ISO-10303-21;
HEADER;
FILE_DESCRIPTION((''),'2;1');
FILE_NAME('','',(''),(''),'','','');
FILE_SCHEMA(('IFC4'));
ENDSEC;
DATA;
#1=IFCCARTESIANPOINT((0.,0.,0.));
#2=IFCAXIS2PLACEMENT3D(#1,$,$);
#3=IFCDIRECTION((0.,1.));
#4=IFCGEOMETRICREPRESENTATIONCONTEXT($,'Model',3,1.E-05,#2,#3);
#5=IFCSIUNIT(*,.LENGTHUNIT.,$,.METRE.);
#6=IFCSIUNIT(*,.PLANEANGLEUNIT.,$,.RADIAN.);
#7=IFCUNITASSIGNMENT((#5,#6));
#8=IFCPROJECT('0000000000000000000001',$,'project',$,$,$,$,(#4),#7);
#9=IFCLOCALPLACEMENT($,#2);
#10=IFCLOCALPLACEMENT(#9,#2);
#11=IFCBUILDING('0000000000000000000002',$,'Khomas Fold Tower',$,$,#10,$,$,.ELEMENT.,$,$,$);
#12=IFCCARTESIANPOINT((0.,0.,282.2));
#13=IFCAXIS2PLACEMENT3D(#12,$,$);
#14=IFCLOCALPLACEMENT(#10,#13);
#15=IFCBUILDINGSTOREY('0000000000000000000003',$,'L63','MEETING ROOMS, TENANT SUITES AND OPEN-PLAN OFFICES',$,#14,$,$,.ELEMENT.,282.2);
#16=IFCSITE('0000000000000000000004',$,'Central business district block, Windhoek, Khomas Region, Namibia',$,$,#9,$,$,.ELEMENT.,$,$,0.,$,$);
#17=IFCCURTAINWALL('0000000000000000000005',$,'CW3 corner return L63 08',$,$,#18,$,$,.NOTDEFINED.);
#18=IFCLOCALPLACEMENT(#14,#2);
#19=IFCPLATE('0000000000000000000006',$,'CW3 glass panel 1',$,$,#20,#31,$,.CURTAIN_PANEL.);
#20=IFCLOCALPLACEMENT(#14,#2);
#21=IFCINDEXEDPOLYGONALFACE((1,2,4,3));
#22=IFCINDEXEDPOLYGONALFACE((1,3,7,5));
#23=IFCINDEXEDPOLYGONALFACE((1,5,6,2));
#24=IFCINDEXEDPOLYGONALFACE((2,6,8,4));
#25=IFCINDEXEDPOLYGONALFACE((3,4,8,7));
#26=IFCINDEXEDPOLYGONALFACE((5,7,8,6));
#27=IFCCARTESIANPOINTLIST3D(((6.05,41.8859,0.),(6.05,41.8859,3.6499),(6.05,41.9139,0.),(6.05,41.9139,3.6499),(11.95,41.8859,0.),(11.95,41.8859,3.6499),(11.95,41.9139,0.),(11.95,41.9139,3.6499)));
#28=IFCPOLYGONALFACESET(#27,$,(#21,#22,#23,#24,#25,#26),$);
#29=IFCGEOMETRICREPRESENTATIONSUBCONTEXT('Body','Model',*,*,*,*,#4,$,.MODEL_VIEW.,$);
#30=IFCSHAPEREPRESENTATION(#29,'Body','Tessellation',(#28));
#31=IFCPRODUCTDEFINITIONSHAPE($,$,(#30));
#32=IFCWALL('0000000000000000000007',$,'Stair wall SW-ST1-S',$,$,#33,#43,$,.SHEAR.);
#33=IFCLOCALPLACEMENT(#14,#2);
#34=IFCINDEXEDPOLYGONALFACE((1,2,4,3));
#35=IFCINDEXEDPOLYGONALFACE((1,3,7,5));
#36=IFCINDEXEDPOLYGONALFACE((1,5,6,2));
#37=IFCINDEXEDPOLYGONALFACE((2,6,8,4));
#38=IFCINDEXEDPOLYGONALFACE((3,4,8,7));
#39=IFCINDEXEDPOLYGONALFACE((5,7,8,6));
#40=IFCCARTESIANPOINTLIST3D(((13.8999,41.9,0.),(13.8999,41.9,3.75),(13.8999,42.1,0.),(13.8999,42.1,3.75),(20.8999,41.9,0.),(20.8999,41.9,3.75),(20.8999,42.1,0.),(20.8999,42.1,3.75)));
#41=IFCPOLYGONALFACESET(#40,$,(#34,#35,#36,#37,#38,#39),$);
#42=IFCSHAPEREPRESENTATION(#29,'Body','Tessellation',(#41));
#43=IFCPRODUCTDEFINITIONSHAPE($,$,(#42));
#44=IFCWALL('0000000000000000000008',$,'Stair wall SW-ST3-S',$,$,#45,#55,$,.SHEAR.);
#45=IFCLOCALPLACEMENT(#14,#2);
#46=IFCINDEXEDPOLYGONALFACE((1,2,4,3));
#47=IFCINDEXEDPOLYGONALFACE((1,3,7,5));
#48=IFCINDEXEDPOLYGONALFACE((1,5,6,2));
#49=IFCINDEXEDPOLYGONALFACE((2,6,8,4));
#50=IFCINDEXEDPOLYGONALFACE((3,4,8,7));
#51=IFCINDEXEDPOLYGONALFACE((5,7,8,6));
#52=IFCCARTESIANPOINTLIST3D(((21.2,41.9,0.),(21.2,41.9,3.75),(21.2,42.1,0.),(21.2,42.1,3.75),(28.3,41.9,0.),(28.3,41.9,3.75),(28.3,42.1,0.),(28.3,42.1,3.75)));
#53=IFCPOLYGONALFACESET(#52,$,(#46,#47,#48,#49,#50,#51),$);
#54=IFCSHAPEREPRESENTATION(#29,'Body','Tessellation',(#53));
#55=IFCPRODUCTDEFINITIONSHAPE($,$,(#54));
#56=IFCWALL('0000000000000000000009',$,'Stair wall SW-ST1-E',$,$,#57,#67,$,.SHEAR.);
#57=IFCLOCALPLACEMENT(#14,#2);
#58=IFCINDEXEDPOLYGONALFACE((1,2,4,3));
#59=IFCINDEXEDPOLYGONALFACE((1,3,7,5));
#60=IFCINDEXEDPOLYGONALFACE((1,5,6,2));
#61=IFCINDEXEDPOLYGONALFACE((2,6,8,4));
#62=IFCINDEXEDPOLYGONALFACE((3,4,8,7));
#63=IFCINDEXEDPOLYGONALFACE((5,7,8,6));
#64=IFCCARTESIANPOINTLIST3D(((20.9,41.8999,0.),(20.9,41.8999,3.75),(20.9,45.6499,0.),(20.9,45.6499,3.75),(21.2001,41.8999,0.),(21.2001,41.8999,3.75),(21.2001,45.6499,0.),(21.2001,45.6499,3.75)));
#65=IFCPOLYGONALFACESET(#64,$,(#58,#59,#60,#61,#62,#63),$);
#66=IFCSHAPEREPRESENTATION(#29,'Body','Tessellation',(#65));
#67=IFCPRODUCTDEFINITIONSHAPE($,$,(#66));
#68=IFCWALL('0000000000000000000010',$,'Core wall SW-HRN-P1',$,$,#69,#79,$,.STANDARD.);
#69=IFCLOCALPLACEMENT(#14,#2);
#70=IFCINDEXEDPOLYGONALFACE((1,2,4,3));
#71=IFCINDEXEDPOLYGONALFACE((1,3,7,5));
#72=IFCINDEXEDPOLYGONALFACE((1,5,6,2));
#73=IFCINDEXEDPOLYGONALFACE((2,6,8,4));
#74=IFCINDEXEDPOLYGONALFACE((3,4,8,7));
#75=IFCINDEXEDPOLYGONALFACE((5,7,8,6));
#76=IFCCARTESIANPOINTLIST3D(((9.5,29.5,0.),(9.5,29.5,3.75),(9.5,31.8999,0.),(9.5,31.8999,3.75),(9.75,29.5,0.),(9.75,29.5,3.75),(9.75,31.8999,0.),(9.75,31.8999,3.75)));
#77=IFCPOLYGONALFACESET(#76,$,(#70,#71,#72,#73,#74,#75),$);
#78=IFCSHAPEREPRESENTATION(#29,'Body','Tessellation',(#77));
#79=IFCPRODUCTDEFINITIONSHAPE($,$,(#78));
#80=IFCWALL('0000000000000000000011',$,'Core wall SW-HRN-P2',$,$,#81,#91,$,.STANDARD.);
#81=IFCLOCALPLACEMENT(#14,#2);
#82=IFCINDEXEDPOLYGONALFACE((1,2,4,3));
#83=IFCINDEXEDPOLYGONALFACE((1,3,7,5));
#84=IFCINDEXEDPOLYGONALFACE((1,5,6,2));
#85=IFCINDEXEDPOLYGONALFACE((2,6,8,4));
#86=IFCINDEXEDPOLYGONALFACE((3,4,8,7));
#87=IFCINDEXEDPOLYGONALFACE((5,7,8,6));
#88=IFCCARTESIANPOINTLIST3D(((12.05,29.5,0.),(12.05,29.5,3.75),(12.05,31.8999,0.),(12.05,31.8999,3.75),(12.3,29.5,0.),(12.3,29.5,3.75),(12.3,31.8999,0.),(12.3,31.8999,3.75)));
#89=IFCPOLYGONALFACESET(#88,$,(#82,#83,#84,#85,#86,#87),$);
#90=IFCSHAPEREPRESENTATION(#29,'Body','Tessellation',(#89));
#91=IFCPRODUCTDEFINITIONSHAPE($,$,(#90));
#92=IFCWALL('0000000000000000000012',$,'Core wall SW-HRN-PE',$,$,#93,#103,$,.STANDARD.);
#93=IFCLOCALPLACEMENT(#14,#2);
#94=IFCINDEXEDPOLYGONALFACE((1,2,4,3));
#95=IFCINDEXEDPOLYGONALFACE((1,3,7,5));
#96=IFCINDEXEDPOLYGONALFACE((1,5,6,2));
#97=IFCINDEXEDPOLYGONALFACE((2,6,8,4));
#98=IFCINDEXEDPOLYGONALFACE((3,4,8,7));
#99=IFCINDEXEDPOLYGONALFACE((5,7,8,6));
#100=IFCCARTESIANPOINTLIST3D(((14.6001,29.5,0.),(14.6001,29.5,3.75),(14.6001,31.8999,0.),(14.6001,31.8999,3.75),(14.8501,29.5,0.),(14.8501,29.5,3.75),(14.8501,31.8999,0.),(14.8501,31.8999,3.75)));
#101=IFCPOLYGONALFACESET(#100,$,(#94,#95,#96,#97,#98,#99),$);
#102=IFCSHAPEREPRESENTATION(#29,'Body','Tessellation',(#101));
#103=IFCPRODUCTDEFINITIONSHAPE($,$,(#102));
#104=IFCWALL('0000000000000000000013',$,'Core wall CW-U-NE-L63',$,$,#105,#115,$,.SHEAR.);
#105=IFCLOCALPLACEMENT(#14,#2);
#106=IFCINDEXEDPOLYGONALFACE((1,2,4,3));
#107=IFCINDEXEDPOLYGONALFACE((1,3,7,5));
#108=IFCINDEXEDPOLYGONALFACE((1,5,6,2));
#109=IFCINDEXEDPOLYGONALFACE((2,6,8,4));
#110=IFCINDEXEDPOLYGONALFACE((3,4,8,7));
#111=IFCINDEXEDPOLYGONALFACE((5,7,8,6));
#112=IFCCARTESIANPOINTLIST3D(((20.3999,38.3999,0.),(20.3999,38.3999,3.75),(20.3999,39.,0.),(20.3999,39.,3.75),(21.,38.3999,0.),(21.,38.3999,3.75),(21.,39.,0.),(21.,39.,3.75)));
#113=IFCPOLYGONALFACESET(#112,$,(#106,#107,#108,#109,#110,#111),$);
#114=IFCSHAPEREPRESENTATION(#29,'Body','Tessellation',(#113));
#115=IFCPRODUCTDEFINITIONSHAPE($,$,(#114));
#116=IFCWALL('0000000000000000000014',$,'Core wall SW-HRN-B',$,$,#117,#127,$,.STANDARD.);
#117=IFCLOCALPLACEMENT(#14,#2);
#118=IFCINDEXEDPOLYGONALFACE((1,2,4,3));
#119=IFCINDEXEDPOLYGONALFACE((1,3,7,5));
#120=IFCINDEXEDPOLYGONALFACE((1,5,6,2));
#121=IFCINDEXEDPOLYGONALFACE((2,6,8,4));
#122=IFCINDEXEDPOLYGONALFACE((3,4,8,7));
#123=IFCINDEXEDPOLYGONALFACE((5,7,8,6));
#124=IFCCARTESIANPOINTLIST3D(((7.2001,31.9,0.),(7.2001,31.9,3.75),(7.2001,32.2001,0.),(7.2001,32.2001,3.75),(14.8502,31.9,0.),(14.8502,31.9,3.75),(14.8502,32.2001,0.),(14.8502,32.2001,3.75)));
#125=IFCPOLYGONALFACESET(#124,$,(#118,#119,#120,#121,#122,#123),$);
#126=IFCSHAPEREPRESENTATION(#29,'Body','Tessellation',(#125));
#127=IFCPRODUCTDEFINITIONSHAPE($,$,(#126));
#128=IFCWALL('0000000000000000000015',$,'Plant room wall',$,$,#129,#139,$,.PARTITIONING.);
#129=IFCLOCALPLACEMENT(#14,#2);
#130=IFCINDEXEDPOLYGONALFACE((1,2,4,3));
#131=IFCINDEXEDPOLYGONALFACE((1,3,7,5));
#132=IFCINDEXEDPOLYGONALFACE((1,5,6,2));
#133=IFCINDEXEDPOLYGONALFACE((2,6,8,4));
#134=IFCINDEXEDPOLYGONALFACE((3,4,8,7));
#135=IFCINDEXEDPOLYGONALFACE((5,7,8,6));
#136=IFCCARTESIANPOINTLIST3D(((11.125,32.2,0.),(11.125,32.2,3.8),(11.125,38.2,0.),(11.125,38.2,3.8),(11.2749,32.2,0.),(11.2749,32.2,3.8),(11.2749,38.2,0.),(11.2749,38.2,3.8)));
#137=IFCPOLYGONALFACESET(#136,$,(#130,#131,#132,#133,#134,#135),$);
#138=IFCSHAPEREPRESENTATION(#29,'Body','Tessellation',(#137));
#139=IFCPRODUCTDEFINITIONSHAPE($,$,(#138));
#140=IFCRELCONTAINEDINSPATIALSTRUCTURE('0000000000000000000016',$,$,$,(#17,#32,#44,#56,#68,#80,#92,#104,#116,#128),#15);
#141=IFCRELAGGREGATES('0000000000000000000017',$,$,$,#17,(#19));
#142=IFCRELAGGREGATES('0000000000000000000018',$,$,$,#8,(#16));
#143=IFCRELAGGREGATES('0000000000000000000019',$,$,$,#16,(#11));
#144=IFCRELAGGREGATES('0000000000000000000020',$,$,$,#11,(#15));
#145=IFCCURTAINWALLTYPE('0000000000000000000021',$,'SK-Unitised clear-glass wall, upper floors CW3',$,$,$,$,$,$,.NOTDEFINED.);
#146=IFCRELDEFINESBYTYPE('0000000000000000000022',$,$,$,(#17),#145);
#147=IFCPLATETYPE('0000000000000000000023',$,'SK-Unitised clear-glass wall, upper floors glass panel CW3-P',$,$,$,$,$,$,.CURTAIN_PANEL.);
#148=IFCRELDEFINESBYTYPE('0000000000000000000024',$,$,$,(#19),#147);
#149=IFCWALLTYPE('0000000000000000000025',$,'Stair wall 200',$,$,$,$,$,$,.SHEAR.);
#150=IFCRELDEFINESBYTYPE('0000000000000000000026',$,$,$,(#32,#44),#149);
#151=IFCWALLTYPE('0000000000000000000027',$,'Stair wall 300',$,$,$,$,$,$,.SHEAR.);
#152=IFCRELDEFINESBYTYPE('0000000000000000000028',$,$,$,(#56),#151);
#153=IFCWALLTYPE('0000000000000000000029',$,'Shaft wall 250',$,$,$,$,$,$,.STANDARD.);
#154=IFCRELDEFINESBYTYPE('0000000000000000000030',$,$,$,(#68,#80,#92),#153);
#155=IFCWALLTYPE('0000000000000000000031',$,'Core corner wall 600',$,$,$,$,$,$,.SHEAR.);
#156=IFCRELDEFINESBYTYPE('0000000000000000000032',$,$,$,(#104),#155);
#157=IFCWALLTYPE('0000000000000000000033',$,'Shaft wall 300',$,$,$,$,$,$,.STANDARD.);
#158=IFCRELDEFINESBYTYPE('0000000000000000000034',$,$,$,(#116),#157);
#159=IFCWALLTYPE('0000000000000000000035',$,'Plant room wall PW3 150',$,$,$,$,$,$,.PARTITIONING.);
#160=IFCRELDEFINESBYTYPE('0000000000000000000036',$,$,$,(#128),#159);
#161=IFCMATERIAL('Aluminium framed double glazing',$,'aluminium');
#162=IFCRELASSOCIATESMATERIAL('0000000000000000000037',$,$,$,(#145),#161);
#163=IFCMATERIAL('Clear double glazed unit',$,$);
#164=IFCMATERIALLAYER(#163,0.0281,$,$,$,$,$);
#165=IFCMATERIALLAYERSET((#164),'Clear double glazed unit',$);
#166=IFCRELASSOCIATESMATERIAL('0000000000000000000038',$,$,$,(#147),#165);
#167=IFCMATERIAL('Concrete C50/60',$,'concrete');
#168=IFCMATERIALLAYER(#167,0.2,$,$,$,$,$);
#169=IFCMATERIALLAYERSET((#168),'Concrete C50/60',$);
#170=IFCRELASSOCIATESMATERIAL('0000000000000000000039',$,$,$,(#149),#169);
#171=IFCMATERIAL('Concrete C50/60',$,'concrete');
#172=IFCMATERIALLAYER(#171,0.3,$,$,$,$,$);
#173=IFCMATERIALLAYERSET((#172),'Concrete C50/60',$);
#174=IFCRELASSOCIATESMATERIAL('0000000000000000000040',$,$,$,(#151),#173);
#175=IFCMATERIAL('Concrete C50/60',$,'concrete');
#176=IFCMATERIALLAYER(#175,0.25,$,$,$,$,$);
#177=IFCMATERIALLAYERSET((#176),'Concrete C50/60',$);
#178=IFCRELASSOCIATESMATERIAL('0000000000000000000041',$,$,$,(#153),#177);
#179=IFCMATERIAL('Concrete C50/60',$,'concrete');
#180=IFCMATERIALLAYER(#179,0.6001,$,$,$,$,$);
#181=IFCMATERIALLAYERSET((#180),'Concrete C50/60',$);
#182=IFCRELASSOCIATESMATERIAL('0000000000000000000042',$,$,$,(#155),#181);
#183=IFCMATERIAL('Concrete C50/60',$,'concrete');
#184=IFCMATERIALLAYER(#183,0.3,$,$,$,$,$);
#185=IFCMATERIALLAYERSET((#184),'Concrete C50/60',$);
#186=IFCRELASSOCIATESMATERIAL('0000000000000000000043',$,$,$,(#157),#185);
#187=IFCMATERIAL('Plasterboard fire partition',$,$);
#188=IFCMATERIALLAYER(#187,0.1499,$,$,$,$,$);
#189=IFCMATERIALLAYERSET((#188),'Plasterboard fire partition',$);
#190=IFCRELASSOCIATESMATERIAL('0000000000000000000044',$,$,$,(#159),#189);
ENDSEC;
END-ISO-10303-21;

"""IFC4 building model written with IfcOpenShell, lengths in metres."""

from ifc_helpers import new_model, si_unit, direction, frame, frame_2d, origin, origin_2d, place, context, subcontext, project, spatial, rectangle, extrude, source, transform, mapped, material, layer, layer_set, type_object, element, aggregate, save


model = new_model("IFC4")

# Units and contexts
model_context = context("Model", 3, precision=1e-05, world=origin(), true_north=direction((0.0, 1.0)))
body_context = subcontext(model_context, "Body", "Model", "MODEL_VIEW")
ifc_project = project(units=[si_unit("LENGTHUNIT", "METRE"), si_unit("PLANEANGLEUNIT", "RADIAN")], contexts=[model_context])

# Site, building, storey
site_placement = place(None, origin())
site = spatial("IfcSite", under=ifc_project, at=site_placement, Name="Central business district block, Windhoek, Khomas Region, Namibia", CompositionType="ELEMENT", RefElevation=0.0)
building_placement = place(site_placement, origin())
building = spatial("IfcBuilding", under=site, at=building_placement, Name="Khomas Fold Tower", CompositionType="ELEMENT")
storey_placement = place(building_placement, frame((0.0, 0.0, 282.2)))
storey = spatial("IfcBuildingStorey", under=building, at=storey_placement, Name="L63", Description="MEETING ROOMS, TENANT SUITES AND OPEN-PLAN OFFICES", CompositionType="ELEMENT", Elevation=282.2)

# Curtain wall, plate
ifc_material_1 = material(Name="Aluminium framed double glazing", Category="aluminium")
curtain_wall_type = type_object("IfcCurtainWallType", Name="SK-Unitised clear-glass wall, upper floors CW3", PredefinedType="NOTDEFINED", material=ifc_material_1)
curtain_wall_placement = place(storey_placement, origin())
curtain_wall = element("IfcCurtainWall", 1, at=curtain_wall_placement, inside=storey, type_object=curtain_wall_type, Name="CW3 corner return L63 08", PredefinedType="NOTDEFINED")
ifc_material_2 = material(Name="Clear double glazed unit")
ifc_layer_1 = layer(ifc_material_2, 0.0281)
ifc_layer_set_1 = layer_set([ifc_layer_1], Name="Clear double glazed unit")
plate_type = type_object("IfcPlateType", Name="SK-Unitised clear-glass wall, upper floors glass panel CW3-P", PredefinedType="CURTAIN_PANEL", material=ifc_layer_set_1)
shared_shape_1 = source(origin(), body_context, "Body", "SweptSolid", [
    extrude(rectangle(XDim=5.8999, YDim=0.0281, at=origin_2d()), origin(), (0.0, 0.0, 1.0), 3.6499),
])
plate_placement = place(storey_placement, frame((9.0, 41.8999, 0.0), z_axis=(0.0, 0.0, 1.0), x_axis=(-1.0, 0.0, 0.0)))
plate = element("IfcPlate", 2, at=plate_placement, type_object=plate_type, Name="CW3 glass panel 1", PredefinedType="CURTAIN_PANEL", context=body_context, shape_type="MappedRepresentation", body=[
    mapped(shared_shape_1, transform((0.0, 0.0, 0.0))),
])
aggregate(curtain_wall, [plate])

# Walls
ifc_material_3 = material(Name="Concrete C50/60", Category="concrete")
ifc_layer_2 = layer(ifc_material_3, 0.2)
ifc_layer_set_2 = layer_set([ifc_layer_2], Name="Concrete C50/60")
wall_type_1 = type_object("IfcWallType", Name="Stair wall 200", PredefinedType="SHEAR", material=ifc_layer_set_2)
shared_shape_2 = source(origin(), body_context, "Body", "SweptSolid", [
    extrude(rectangle(XDim=7.0, YDim=0.2, at=frame_2d((3.5, 0.0))), origin(), (0.0, 0.0, 1.0), 3.75),
])
wall_1_placement = place(storey_placement, frame((13.8999, 42.0, 0.0), z_axis=(0.0, 0.0, 1.0), x_axis=(1.0, 0.0, 0.0)))
element("IfcWall", 3, at=wall_1_placement, inside=storey, type_object=wall_type_1, Name="Stair wall SW-ST1-S", PredefinedType="SHEAR", context=body_context, shape_type="MappedRepresentation", body=[
    mapped(shared_shape_2, transform((0.0, 0.0, 0.0))),
])
shared_shape_3 = source(origin(), body_context, "Body", "SweptSolid", [
    extrude(rectangle(XDim=7.1001, YDim=0.2, at=frame_2d((3.55, 0.0))), origin(), (0.0, 0.0, 1.0), 3.75),
])
wall_2_placement = place(storey_placement, frame((21.2, 42.0, 0.0), z_axis=(0.0, 0.0, 1.0), x_axis=(1.0, 0.0, 0.0)))
element("IfcWall", 4, at=wall_2_placement, inside=storey, type_object=wall_type_1, Name="Stair wall SW-ST3-S", PredefinedType="SHEAR", context=body_context, shape_type="MappedRepresentation", body=[
    mapped(shared_shape_3, transform((0.0, 0.0, 0.0))),
])
ifc_material_4 = material(Name="Concrete C50/60", Category="concrete")
ifc_layer_3 = layer(ifc_material_4, 0.3)
ifc_layer_set_3 = layer_set([ifc_layer_3], Name="Concrete C50/60")
wall_type_2 = type_object("IfcWallType", Name="Stair wall 300", PredefinedType="SHEAR", material=ifc_layer_set_3)
shared_shape_4 = source(origin(), body_context, "Body", "SweptSolid", [
    extrude(rectangle(XDim=3.75, YDim=0.3, at=frame_2d((1.875, 0.0))), origin(), (0.0, 0.0, 1.0), 3.75),
])
wall_3_placement = place(storey_placement, frame((21.05, 41.8999, 0.0), z_axis=(0.0, 0.0, 1.0), x_axis=(0.0, 1.0, 0.0)))
element("IfcWall", 5, at=wall_3_placement, inside=storey, type_object=wall_type_2, Name="Stair wall SW-ST1-E", PredefinedType="SHEAR", context=body_context, shape_type="MappedRepresentation", body=[
    mapped(shared_shape_4, transform((0.0, 0.0, 0.0))),
])
ifc_material_5 = material(Name="Concrete C50/60", Category="concrete")
ifc_layer_4 = layer(ifc_material_5, 0.25)
ifc_layer_set_4 = layer_set([ifc_layer_4], Name="Concrete C50/60")
wall_type_3 = type_object("IfcWallType", Name="Shaft wall 250", PredefinedType="STANDARD", material=ifc_layer_set_4)
shared_shape_5 = source(origin(), body_context, "Body", "SweptSolid", [
    extrude(rectangle(XDim=2.3999, YDim=0.25, at=frame_2d((1.2, 0.0))), origin(), (0.0, 0.0, 1.0), 3.75),
])
for number, where, z_axis, x_axis, name in (
    (6, (9.625, 29.5, 0.0), (0.0, 0.0, 1.0), (0.0, 1.0, 0.0), "Core wall SW-HRN-P1"),
    (7, (12.175, 29.5, 0.0), (0.0, 0.0, 1.0), (0.0, 1.0, 0.0), "Core wall SW-HRN-P2"),
    (8, (14.7251, 29.5, 0.0), (0.0, 0.0, 1.0), (0.0, 1.0, 0.0), "Core wall SW-HRN-PE"),
):
    element("IfcWall", number, at=place(storey_placement, frame(where, z_axis=z_axis, x_axis=x_axis)), inside=storey, type_object=wall_type_3, Name=name, PredefinedType="STANDARD", context=body_context, shape_type="MappedRepresentation", body=[
        mapped(shared_shape_5, transform((0.0, 0.0, 0.0))),
    ])
ifc_material_6 = material(Name="Concrete C50/60", Category="concrete")
ifc_layer_5 = layer(ifc_material_6, 0.6001)
ifc_layer_set_5 = layer_set([ifc_layer_5], Name="Concrete C50/60")
wall_type_4 = type_object("IfcWallType", Name="Core corner wall 600", PredefinedType="SHEAR", material=ifc_layer_set_5)
shared_shape_6 = source(origin(), body_context, "Body", "SweptSolid", [
    extrude(rectangle(XDim=0.6001, YDim=0.6001, at=frame_2d((0.3, 0.0))), origin(), (0.0, 0.0, 1.0), 3.75),
])
wall_4_placement = place(storey_placement, frame((20.3999, 38.7, 0.0), z_axis=(0.0, 0.0, 1.0), x_axis=(1.0, 0.0, 0.0)))
element("IfcWall", 9, at=wall_4_placement, inside=storey, type_object=wall_type_4, Name="Core wall CW-U-NE-L63", PredefinedType="SHEAR", context=body_context, shape_type="MappedRepresentation", body=[
    mapped(shared_shape_6, transform((0.0, 0.0, 0.0))),
])
ifc_material_7 = material(Name="Concrete C50/60", Category="concrete")
ifc_layer_6 = layer(ifc_material_7, 0.3)
ifc_layer_set_6 = layer_set([ifc_layer_6], Name="Concrete C50/60")
wall_type_5 = type_object("IfcWallType", Name="Shaft wall 300", PredefinedType="STANDARD", material=ifc_layer_set_6)
shared_shape_7 = source(origin(), body_context, "Body", "SweptSolid", [
    extrude(rectangle(XDim=7.6501, YDim=0.3, at=frame_2d((3.8252, 0.0))), origin(), (0.0, 0.0, 1.0), 3.75),
])
wall_5_placement = place(storey_placement, frame((7.2, 32.05, 0.0), z_axis=(0.0, 0.0, 1.0), x_axis=(1.0, 0.0, 0.0)))
element("IfcWall", 10, at=wall_5_placement, inside=storey, type_object=wall_type_5, Name="Core wall SW-HRN-B", PredefinedType="STANDARD", context=body_context, shape_type="MappedRepresentation", body=[
    mapped(shared_shape_7, transform((0.0, 0.0, 0.0))),
])
ifc_material_8 = material(Name="Plasterboard fire partition")
ifc_layer_7 = layer(ifc_material_8, 0.1499)
ifc_layer_set_7 = layer_set([ifc_layer_7], Name="Plasterboard fire partition")
wall_type_6 = type_object("IfcWallType", Name="Plant room wall PW3 150", PredefinedType="PARTITIONING", material=ifc_layer_set_7)
shared_shape_8 = source(origin(), body_context, "Body", "SweptSolid", [
    extrude(rectangle(XDim=6.0, YDim=0.1499, at=frame_2d((3.0, 0.0))), origin(), (0.0, 0.0, 1.0), 3.8),
])
wall_6_placement = place(storey_placement, frame((11.2, 32.2, 0.0), z_axis=(0.0, 0.0, 1.0), x_axis=(0.0, 1.0, 0.0)))
element("IfcWall", 11, at=wall_6_placement, inside=storey, type_object=wall_type_6, Name="Plant room wall", PredefinedType="PARTITIONING", context=body_context, shape_type="MappedRepresentation", body=[
    mapped(shared_shape_8, transform((0.0, 0.0, 0.0))),
])

save(model, "model.ifc")
